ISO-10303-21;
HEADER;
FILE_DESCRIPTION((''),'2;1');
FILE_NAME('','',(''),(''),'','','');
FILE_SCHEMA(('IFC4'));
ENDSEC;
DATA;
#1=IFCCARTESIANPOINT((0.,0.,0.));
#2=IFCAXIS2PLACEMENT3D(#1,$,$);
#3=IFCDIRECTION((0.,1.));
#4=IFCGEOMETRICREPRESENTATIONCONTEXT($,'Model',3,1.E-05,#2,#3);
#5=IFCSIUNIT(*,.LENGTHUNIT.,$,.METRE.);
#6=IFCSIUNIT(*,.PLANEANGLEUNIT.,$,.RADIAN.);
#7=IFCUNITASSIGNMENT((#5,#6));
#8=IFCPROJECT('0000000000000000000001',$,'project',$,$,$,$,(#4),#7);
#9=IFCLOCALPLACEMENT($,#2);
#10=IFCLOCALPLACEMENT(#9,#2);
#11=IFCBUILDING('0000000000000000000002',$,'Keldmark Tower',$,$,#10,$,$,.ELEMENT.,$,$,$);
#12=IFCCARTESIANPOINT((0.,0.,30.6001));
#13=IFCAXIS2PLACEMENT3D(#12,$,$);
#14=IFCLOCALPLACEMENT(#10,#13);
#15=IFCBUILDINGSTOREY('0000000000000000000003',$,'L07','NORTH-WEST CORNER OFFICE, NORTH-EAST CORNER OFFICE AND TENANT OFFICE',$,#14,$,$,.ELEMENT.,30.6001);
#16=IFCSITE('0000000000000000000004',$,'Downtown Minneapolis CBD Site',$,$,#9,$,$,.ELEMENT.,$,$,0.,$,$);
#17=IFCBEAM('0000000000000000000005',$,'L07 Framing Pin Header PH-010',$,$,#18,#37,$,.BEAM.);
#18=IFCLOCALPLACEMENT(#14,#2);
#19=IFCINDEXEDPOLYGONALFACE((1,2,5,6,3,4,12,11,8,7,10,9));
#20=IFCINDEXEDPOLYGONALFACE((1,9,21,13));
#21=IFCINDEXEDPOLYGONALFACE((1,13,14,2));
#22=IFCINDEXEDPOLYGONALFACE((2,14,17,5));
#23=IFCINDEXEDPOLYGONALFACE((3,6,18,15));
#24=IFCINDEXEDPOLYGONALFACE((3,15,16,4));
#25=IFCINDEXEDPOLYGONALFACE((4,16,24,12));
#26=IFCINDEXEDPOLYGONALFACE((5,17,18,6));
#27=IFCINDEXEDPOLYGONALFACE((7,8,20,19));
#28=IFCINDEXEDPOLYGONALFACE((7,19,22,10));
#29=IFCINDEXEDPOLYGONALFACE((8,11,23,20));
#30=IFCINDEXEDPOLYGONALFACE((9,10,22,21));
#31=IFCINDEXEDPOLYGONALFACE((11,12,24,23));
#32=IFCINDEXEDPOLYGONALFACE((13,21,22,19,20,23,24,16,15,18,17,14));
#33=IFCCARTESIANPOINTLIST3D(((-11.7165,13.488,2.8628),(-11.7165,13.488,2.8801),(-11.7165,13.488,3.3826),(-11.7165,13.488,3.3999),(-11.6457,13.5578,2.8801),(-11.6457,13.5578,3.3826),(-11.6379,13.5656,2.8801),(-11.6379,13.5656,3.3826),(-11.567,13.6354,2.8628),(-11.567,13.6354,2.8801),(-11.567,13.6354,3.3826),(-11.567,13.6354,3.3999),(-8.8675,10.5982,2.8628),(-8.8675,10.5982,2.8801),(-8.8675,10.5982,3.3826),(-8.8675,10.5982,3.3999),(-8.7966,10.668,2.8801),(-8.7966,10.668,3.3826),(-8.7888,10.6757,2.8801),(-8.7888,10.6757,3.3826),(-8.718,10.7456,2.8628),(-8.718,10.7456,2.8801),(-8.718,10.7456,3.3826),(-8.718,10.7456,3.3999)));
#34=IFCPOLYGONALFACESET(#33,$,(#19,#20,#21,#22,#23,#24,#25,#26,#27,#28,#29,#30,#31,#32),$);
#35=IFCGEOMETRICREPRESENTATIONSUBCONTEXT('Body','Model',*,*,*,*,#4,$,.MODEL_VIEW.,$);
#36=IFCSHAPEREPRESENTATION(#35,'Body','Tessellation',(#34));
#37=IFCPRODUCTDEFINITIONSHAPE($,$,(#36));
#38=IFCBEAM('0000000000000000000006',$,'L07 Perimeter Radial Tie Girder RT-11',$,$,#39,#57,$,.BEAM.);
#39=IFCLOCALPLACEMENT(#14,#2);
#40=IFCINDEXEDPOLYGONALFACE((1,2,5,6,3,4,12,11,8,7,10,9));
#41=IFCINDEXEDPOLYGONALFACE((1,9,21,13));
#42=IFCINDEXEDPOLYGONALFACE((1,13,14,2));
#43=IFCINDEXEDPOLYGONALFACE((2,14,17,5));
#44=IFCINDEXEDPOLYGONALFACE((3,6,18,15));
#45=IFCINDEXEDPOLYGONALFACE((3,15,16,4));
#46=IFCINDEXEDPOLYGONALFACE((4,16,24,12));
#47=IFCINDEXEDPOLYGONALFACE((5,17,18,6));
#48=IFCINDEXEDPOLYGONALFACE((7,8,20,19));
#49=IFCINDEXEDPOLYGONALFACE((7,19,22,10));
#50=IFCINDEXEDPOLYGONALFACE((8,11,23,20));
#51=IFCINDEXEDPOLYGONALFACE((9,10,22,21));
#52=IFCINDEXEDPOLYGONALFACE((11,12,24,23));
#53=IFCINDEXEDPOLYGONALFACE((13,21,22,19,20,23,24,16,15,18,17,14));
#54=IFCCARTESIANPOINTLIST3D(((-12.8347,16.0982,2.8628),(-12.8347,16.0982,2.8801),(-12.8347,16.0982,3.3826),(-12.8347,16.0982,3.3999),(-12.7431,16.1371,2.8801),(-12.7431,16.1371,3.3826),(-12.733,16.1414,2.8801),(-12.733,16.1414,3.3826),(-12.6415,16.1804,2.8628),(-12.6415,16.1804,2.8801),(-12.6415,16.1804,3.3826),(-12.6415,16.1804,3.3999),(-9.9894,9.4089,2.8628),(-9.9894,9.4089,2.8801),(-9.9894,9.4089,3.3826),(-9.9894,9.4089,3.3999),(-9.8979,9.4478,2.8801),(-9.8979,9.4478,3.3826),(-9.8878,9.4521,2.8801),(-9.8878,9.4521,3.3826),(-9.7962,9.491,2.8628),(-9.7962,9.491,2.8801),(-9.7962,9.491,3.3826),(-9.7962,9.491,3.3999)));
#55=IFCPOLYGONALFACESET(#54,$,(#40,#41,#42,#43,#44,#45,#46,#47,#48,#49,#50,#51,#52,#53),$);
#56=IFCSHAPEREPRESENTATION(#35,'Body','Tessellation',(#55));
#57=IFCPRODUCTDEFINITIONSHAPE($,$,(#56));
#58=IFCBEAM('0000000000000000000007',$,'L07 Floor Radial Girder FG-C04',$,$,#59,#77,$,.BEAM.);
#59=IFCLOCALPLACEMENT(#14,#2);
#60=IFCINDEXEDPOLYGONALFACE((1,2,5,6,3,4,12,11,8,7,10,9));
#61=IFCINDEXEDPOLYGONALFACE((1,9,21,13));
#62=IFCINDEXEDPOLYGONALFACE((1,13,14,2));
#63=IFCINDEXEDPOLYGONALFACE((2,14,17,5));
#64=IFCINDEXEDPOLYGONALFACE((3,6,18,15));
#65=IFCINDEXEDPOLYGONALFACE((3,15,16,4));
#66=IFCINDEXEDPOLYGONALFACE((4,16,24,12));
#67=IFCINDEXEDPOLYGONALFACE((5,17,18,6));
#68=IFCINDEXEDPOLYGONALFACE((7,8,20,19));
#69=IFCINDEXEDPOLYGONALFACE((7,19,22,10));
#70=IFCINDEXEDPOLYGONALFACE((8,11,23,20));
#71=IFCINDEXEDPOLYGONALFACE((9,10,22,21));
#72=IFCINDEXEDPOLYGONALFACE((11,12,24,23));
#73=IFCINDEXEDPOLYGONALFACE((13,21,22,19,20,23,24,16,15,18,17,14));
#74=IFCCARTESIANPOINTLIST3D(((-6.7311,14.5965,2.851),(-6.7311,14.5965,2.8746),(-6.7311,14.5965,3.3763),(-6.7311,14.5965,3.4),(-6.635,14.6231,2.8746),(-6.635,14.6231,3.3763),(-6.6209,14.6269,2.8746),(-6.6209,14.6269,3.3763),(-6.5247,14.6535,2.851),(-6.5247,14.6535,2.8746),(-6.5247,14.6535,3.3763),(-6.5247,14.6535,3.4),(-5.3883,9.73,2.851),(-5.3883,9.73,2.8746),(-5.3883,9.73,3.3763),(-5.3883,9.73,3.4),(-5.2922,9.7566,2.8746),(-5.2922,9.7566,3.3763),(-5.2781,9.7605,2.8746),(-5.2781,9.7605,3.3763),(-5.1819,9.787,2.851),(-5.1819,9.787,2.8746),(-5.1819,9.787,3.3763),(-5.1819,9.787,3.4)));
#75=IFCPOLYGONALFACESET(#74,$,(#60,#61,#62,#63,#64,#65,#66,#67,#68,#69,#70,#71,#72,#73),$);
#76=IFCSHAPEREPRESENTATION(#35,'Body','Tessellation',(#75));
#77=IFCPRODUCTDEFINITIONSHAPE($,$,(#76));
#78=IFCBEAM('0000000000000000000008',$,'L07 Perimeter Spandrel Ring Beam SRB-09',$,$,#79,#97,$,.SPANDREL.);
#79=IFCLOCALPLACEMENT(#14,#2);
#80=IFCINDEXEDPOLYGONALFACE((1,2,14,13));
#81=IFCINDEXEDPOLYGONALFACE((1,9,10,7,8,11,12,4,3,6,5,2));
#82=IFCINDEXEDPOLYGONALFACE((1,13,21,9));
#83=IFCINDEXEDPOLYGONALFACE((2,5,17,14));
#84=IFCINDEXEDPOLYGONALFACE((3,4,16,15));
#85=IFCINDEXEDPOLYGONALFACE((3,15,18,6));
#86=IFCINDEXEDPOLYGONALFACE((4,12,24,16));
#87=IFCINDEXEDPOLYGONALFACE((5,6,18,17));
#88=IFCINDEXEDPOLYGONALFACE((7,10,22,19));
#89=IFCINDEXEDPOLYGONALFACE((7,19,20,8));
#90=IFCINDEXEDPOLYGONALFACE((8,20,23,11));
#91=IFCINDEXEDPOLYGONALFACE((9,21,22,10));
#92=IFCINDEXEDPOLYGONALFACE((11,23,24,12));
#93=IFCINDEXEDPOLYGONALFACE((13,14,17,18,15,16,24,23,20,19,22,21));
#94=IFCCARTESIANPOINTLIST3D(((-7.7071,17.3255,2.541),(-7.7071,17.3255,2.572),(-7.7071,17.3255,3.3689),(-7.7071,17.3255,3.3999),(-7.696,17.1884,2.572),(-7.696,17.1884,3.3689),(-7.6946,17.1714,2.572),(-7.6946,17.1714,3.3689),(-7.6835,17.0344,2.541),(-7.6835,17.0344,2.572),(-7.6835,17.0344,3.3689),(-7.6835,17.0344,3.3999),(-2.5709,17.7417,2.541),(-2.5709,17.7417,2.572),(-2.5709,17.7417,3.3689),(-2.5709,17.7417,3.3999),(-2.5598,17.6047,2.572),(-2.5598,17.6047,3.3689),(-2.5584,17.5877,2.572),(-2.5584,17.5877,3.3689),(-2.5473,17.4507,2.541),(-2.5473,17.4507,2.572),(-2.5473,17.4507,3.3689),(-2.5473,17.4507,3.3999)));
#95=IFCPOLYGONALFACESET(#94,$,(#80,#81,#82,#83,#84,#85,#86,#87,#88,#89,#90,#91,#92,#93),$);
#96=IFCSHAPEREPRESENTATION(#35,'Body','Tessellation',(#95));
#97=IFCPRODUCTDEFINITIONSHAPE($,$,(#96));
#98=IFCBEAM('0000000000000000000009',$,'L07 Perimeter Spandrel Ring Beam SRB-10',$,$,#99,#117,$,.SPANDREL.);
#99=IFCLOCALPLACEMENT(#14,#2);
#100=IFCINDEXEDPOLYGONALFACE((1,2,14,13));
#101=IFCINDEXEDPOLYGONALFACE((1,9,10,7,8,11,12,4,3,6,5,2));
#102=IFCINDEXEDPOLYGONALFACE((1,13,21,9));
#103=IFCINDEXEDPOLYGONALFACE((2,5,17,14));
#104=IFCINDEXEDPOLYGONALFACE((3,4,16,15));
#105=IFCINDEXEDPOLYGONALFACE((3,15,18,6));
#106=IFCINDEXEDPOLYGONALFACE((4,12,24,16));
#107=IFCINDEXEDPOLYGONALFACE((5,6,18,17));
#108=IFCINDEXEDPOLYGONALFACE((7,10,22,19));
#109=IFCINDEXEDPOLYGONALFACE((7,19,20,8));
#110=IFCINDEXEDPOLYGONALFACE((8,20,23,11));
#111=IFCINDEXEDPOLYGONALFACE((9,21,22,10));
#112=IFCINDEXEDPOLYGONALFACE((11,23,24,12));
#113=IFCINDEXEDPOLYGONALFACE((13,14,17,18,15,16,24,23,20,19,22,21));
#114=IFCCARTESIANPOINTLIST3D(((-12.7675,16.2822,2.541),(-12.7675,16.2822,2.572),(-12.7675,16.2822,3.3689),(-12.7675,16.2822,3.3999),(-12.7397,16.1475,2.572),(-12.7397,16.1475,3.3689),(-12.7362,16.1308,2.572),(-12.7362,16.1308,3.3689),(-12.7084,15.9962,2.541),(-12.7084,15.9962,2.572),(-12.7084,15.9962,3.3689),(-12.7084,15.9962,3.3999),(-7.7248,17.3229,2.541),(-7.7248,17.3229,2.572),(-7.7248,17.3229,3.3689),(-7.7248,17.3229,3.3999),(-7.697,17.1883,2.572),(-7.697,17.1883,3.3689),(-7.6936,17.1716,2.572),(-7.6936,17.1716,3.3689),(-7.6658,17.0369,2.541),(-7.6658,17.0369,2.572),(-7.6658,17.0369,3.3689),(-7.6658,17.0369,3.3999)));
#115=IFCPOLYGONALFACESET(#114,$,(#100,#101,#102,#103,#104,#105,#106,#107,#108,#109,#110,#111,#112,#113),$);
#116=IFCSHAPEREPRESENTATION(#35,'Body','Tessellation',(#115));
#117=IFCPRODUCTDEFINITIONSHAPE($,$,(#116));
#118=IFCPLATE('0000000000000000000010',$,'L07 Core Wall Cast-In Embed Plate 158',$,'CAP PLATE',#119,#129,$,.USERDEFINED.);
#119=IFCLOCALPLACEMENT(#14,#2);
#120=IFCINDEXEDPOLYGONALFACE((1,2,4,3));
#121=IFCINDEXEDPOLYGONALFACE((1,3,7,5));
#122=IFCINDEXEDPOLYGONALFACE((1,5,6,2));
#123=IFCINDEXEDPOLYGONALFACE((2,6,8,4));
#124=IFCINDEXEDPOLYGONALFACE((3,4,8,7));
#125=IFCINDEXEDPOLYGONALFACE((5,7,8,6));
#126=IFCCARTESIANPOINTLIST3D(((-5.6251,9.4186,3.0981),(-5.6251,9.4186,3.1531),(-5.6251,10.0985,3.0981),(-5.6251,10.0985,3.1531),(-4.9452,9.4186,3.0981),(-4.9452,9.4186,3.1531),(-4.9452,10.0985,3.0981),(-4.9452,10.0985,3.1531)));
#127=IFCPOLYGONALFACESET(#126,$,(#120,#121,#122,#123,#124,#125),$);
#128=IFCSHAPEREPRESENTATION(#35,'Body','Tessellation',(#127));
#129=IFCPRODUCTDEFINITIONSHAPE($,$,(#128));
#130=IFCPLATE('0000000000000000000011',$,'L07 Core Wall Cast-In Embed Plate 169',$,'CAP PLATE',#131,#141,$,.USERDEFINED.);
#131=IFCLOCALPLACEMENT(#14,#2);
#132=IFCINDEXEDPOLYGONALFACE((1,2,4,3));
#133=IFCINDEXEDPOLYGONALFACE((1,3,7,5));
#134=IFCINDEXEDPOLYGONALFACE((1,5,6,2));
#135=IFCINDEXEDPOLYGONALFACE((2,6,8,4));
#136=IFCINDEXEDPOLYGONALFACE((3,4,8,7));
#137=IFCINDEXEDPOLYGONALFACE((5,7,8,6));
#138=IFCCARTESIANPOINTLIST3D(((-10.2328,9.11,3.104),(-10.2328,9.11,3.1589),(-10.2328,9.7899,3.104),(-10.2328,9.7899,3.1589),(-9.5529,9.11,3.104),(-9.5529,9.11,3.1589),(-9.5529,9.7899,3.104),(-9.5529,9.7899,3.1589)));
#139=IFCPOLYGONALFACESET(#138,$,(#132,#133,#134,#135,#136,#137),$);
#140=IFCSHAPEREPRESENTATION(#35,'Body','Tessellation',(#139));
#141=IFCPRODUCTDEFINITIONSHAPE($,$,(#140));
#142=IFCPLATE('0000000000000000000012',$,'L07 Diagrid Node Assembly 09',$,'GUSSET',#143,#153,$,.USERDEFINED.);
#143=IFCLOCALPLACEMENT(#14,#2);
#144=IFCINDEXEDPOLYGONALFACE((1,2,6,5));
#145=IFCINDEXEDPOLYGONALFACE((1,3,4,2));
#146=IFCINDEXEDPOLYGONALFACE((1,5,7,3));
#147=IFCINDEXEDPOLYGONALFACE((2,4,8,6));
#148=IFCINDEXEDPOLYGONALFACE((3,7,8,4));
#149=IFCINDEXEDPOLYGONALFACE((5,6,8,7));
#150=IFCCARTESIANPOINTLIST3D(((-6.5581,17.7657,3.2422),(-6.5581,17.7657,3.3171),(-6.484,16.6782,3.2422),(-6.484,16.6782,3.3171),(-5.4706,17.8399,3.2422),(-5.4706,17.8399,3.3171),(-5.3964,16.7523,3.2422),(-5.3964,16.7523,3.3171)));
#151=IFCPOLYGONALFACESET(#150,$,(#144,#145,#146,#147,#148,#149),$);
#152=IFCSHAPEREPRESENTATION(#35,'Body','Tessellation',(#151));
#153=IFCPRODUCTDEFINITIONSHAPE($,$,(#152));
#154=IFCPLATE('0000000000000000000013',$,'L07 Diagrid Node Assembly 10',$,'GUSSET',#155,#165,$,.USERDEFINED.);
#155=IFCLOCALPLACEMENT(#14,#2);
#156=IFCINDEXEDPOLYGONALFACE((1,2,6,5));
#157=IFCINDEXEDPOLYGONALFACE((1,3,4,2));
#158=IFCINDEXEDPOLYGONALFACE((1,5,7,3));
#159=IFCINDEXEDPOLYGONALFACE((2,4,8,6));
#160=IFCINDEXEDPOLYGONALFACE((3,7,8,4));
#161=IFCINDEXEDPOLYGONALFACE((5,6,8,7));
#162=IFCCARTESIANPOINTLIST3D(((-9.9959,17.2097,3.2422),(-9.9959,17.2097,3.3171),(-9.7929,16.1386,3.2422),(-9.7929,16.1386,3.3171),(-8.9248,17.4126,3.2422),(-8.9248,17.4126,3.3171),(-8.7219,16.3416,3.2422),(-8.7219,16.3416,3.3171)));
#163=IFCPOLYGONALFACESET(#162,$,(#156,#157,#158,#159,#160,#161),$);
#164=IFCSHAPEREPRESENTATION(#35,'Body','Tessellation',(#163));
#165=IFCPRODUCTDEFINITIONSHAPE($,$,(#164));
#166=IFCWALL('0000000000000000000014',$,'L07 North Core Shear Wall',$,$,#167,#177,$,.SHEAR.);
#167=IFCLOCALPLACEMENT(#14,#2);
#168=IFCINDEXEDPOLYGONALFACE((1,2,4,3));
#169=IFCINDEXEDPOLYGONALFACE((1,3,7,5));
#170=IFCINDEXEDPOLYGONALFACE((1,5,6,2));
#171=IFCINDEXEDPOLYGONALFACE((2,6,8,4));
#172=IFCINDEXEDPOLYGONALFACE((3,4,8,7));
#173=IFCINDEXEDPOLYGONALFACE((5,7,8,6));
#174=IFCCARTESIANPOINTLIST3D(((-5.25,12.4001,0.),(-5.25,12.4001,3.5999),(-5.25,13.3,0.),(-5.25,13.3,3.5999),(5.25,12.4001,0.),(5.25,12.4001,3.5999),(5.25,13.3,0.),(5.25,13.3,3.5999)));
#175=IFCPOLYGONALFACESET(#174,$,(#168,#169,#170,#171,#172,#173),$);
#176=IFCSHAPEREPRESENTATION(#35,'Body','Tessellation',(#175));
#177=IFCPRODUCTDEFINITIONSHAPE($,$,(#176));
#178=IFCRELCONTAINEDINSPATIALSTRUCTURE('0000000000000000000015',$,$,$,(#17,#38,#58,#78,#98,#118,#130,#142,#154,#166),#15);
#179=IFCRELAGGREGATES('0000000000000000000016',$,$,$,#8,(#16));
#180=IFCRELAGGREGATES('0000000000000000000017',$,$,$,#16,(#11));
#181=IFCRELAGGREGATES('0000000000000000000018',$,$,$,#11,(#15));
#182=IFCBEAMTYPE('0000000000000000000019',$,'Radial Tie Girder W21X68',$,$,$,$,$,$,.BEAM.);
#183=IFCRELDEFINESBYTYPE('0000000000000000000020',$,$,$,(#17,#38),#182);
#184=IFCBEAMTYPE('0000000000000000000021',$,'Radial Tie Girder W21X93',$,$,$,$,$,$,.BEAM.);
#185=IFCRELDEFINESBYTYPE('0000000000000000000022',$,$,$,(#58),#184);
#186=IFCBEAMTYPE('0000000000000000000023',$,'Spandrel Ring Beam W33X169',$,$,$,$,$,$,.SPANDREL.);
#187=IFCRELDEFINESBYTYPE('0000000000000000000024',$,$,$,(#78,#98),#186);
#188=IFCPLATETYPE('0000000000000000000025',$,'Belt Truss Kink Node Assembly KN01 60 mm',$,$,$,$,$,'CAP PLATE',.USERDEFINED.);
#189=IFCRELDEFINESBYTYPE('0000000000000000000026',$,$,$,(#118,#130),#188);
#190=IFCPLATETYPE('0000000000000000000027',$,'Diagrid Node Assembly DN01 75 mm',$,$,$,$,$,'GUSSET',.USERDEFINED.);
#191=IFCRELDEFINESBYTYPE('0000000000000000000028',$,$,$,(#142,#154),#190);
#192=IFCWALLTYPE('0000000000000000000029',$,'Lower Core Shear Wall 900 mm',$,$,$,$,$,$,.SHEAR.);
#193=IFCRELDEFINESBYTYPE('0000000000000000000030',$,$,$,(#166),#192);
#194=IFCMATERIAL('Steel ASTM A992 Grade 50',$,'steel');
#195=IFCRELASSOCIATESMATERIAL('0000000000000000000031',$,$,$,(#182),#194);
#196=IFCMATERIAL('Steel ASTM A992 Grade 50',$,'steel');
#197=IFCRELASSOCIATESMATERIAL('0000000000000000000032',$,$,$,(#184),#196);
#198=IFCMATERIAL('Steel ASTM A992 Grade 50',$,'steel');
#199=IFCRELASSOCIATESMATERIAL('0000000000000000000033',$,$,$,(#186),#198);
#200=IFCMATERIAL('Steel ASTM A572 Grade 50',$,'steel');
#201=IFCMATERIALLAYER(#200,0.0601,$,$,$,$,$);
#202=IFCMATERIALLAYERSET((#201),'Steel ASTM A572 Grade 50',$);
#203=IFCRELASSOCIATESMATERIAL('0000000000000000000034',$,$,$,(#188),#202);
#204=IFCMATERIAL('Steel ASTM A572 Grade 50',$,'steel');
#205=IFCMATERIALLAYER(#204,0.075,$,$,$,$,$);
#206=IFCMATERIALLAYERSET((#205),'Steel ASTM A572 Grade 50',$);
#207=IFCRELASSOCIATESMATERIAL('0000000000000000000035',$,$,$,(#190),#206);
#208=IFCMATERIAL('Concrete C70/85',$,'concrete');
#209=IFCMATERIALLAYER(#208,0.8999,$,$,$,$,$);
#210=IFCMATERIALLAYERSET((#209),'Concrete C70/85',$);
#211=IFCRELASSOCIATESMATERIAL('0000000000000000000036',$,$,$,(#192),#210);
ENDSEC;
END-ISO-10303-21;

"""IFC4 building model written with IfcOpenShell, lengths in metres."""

from ifc_helpers import new_model, si_unit, direction, frame, frame_2d, origin, origin_2d, place, context, subcontext, project, spatial, rectangle, i_section, extrude, material, layer, layer_set, material_profile, profile_set, type_object, element, save


model = new_model("IFC4")

# Units and contexts
model_context = context("Model", 3, precision=1e-05, world=origin(), true_north=direction((0.0, 1.0)))
body_context = subcontext(model_context, "Body", "Model", "MODEL_VIEW")
ifc_project = project(units=[si_unit("LENGTHUNIT", "METRE"), si_unit("PLANEANGLEUNIT", "RADIAN")], contexts=[model_context])

# Site, building, storey
site_placement = place(None, origin())
site = spatial("IfcSite", under=ifc_project, at=site_placement, Name="Downtown Minneapolis CBD Site", CompositionType="ELEMENT", RefElevation=0.0)
building_placement = place(site_placement, origin())
building = spatial("IfcBuilding", under=site, at=building_placement, Name="Keldmark Tower", CompositionType="ELEMENT")
storey_placement = place(building_placement, frame((0.0, 0.0, 30.6001)))
storey = spatial("IfcBuildingStorey", under=building, at=storey_placement, Name="L07", Description="NORTH-WEST CORNER OFFICE, NORTH-EAST CORNER OFFICE AND TENANT OFFICE", CompositionType="ELEMENT", Elevation=30.6001)

# Beams
ifc_material_1 = material(Name="Steel ASTM A992 Grade 50", Category="steel")
ifc_material_profile_1 = material_profile(ifc_material_1, i_section(OverallWidth=0.21, OverallDepth=0.5371, WebThickness=0.011, FlangeThickness=0.0173, at=origin_2d()), Name="W21X68")
ifc_profile_set_1 = profile_set([ifc_material_profile_1], Name="Steel ASTM A992 Grade 50")
beam_type_1 = type_object("IfcBeamType", Name="Radial Tie Girder W21X68", PredefinedType="BEAM", material=ifc_profile_set_1)
beam_1_placement = place(storey_placement, frame((-8.7927, 10.6719, 3.1313), z_axis=(-0.702066, 0.712112, 0.0), x_axis=(-0.712112, -0.702066, 0.0)))
element("IfcBeam", 1, at=beam_1_placement, inside=storey, type_object=beam_type_1, Name="L07 Framing Pin Header PH-010", PredefinedType="BEAM", context=body_context, shape_type="SweptSolid", body=[
    extrude(i_section(OverallWidth=0.21, OverallDepth=0.5371, WebThickness=0.011, FlangeThickness=0.0173, at=origin_2d()), origin(), (0.0, 0.0, 1.0), 4.0581),
])
beam_2_placement = place(storey_placement, frame((-9.8928, 9.45, 3.1313), z_axis=(-0.391409, 0.920217, 0.0), x_axis=(-0.920217, -0.391409, 0.0)))
element("IfcBeam", 2, at=beam_2_placement, inside=storey, type_object=beam_type_1, Name="L07 Perimeter Radial Tie Girder RT-11", PredefinedType="BEAM", context=body_context, shape_type="SweptSolid", body=[
    extrude(i_section(OverallWidth=0.21, OverallDepth=0.5371, WebThickness=0.011, FlangeThickness=0.0173, at=origin_2d()), origin(), (0.0, 0.0, 1.0), 7.2693),
])
ifc_material_2 = material(Name="Steel ASTM A992 Grade 50", Category="steel")
ifc_material_profile_2 = material_profile(ifc_material_2, i_section(OverallWidth=0.2141, OverallDepth=0.5491, WebThickness=0.0146, FlangeThickness=0.0237, at=origin_2d()), Name="W21X93")
ifc_profile_set_2 = profile_set([ifc_material_profile_2], Name="Steel ASTM A992 Grade 50")
beam_type_2 = type_object("IfcBeamType", Name="Radial Tie Girder W21X93", PredefinedType="BEAM", material=ifc_profile_set_2)
beam_3_placement = place(storey_placement, frame((-6.6279, 14.625, 3.1255), z_axis=(0.265985, -0.963977, 0.0), x_axis=(0.963977, 0.265985, 0.0)))
element("IfcBeam", 3, at=beam_3_placement, inside=storey, type_object=beam_type_2, Name="L07 Floor Radial Girder FG-C04", PredefinedType="BEAM", context=body_context, shape_type="SweptSolid", body=[
    extrude(i_section(OverallWidth=0.2141, OverallDepth=0.5491, WebThickness=0.0146, FlangeThickness=0.0237, at=origin_2d()), origin(), (0.0, 0.0, 1.0), 5.0483),
])
ifc_material_3 = material(Name="Steel ASTM A992 Grade 50", Category="steel")
ifc_material_profile_3 = material_profile(ifc_material_3, i_section(OverallWidth=0.292, OverallDepth=0.8589, WebThickness=0.0171, FlangeThickness=0.031, at=origin_2d()), Name="W33X169")
ifc_profile_set_3 = profile_set([ifc_material_profile_3], Name="Steel ASTM A992 Grade 50")
beam_type_3 = type_object("IfcBeamType", Name="Spandrel Ring Beam W33X169", PredefinedType="SPANDREL", material=ifc_profile_set_3)
beam_4_placement = place(storey_placement, frame((-2.5591, 17.5962, 2.9705), z_axis=(-0.996732, -0.080779, 0.0), x_axis=(0.080779, -0.996732, 0.0)))
element("IfcBeam", 4, at=beam_4_placement, inside=storey, type_object=beam_type_3, Name="L07 Perimeter Spandrel Ring Beam SRB-09", PredefinedType="SPANDREL", context=body_context, shape_type="SweptSolid", body=[
    extrude(i_section(OverallWidth=0.292, OverallDepth=0.8589, WebThickness=0.0171, FlangeThickness=0.031, at=origin_2d()), origin(), (0.0, 0.0, 1.0), 5.1531),
])
beam_5_placement = place(storey_placement, frame((-7.6953, 17.1799, 2.9705), z_axis=(-0.979359, -0.202131, 0.0), x_axis=(0.202131, -0.979359, 0.0)))
element("IfcBeam", 5, at=beam_5_placement, inside=storey, type_object=beam_type_3, Name="L07 Perimeter Spandrel Ring Beam SRB-10", PredefinedType="SPANDREL", context=body_context, shape_type="SweptSolid", body=[
    extrude(i_section(OverallWidth=0.292, OverallDepth=0.8589, WebThickness=0.0171, FlangeThickness=0.031, at=origin_2d()), origin(), (0.0, 0.0, 1.0), 5.1489),
])

# Plates
ifc_material_4 = material(Name="Steel ASTM A572 Grade 50", Category="steel")
ifc_layer_1 = layer(ifc_material_4, 0.0601)
ifc_layer_set_1 = layer_set([ifc_layer_1], Name="Steel ASTM A572 Grade 50")
plate_type_1 = type_object("IfcPlateType", Name="Belt Truss Kink Node Assembly KN01 60 mm", ElementType="CAP PLATE", PredefinedType="USERDEFINED", material=ifc_layer_set_1)
for number, where, z_axis, x_axis, name in (
    (6, (-5.2852, 9.7585, 3.0981), (0.0, 0.0, 1.0), (1.0, 0.0, 0.0), "L07 Core Wall Cast-In Embed Plate 158"),
    (7, (-9.8928, 9.45, 3.104), (0.0, 0.0, 1.0), (1.0, 0.0, 0.0), "L07 Core Wall Cast-In Embed Plate 169"),
):
    element("IfcPlate", number, at=place(storey_placement, frame(where, z_axis=z_axis, x_axis=x_axis)), inside=storey, type_object=plate_type_1, Name=name, ObjectType="CAP PLATE", PredefinedType="USERDEFINED", context=body_context, shape_type="SweptSolid", body=[
        extrude(rectangle(XDim=0.6799, YDim=0.6799, at=origin_2d()), origin(), (0.0, 0.0, 1.0), 0.0549),
    ])
ifc_material_5 = material(Name="Steel ASTM A572 Grade 50", Category="steel")
ifc_layer_2 = layer(ifc_material_5, 0.075)
ifc_layer_set_2 = layer_set([ifc_layer_2], Name="Steel ASTM A572 Grade 50")
plate_type_2 = type_object("IfcPlateType", Name="Diagrid Node Assembly DN01 75 mm", ElementType="GUSSET", PredefinedType="USERDEFINED", material=ifc_layer_set_2)
for number, where, z_axis, x_axis, name in (
    (8, (-5.9773, 17.259, 3.2422), (0.0, 0.0, 1.0), (-0.997684, -0.068015, 0.0), "L07 Diagrid Node Assembly 09"),
    (9, (-9.3589, 16.7756, 3.2422), (0.0, 0.0, 1.0), (-0.982515, -0.186181, 0.0), "L07 Diagrid Node Assembly 10"),
):
    element("IfcPlate", number, at=place(storey_placement, frame(where, z_axis=z_axis, x_axis=x_axis)), inside=storey, type_object=plate_type_2, Name=name, ObjectType="GUSSET", PredefinedType="USERDEFINED", context=body_context, shape_type="SweptSolid", body=[
        extrude(rectangle(XDim=1.0901, YDim=1.0901, at=origin_2d()), origin(), (0.0, 0.0, 1.0), 0.075),
    ])

# Wall
ifc_material_6 = material(Name="Concrete C70/85", Category="concrete")
ifc_layer_3 = layer(ifc_material_6, 0.8999)
ifc_layer_set_3 = layer_set([ifc_layer_3], Name="Concrete C70/85")
wall_type_1 = type_object("IfcWallType", Name="Lower Core Shear Wall 900 mm", PredefinedType="SHEAR", material=ifc_layer_set_3)
wall_1_placement = place(storey_placement, frame((-5.25, 12.8501, 0.0), z_axis=(0.0, 0.0, 1.0), x_axis=(1.0, 0.0, 0.0)))
element("IfcWall", 10, at=wall_1_placement, inside=storey, type_object=wall_type_1, Name="L07 North Core Shear Wall", PredefinedType="SHEAR", context=body_context, shape_type="SweptSolid", body=[
    extrude(rectangle(XDim=10.5, YDim=0.8999, at=frame_2d((5.25, 0.0))), origin(), (0.0, 0.0, 1.0), 3.5999),
])

save(model, "model.ifc")
